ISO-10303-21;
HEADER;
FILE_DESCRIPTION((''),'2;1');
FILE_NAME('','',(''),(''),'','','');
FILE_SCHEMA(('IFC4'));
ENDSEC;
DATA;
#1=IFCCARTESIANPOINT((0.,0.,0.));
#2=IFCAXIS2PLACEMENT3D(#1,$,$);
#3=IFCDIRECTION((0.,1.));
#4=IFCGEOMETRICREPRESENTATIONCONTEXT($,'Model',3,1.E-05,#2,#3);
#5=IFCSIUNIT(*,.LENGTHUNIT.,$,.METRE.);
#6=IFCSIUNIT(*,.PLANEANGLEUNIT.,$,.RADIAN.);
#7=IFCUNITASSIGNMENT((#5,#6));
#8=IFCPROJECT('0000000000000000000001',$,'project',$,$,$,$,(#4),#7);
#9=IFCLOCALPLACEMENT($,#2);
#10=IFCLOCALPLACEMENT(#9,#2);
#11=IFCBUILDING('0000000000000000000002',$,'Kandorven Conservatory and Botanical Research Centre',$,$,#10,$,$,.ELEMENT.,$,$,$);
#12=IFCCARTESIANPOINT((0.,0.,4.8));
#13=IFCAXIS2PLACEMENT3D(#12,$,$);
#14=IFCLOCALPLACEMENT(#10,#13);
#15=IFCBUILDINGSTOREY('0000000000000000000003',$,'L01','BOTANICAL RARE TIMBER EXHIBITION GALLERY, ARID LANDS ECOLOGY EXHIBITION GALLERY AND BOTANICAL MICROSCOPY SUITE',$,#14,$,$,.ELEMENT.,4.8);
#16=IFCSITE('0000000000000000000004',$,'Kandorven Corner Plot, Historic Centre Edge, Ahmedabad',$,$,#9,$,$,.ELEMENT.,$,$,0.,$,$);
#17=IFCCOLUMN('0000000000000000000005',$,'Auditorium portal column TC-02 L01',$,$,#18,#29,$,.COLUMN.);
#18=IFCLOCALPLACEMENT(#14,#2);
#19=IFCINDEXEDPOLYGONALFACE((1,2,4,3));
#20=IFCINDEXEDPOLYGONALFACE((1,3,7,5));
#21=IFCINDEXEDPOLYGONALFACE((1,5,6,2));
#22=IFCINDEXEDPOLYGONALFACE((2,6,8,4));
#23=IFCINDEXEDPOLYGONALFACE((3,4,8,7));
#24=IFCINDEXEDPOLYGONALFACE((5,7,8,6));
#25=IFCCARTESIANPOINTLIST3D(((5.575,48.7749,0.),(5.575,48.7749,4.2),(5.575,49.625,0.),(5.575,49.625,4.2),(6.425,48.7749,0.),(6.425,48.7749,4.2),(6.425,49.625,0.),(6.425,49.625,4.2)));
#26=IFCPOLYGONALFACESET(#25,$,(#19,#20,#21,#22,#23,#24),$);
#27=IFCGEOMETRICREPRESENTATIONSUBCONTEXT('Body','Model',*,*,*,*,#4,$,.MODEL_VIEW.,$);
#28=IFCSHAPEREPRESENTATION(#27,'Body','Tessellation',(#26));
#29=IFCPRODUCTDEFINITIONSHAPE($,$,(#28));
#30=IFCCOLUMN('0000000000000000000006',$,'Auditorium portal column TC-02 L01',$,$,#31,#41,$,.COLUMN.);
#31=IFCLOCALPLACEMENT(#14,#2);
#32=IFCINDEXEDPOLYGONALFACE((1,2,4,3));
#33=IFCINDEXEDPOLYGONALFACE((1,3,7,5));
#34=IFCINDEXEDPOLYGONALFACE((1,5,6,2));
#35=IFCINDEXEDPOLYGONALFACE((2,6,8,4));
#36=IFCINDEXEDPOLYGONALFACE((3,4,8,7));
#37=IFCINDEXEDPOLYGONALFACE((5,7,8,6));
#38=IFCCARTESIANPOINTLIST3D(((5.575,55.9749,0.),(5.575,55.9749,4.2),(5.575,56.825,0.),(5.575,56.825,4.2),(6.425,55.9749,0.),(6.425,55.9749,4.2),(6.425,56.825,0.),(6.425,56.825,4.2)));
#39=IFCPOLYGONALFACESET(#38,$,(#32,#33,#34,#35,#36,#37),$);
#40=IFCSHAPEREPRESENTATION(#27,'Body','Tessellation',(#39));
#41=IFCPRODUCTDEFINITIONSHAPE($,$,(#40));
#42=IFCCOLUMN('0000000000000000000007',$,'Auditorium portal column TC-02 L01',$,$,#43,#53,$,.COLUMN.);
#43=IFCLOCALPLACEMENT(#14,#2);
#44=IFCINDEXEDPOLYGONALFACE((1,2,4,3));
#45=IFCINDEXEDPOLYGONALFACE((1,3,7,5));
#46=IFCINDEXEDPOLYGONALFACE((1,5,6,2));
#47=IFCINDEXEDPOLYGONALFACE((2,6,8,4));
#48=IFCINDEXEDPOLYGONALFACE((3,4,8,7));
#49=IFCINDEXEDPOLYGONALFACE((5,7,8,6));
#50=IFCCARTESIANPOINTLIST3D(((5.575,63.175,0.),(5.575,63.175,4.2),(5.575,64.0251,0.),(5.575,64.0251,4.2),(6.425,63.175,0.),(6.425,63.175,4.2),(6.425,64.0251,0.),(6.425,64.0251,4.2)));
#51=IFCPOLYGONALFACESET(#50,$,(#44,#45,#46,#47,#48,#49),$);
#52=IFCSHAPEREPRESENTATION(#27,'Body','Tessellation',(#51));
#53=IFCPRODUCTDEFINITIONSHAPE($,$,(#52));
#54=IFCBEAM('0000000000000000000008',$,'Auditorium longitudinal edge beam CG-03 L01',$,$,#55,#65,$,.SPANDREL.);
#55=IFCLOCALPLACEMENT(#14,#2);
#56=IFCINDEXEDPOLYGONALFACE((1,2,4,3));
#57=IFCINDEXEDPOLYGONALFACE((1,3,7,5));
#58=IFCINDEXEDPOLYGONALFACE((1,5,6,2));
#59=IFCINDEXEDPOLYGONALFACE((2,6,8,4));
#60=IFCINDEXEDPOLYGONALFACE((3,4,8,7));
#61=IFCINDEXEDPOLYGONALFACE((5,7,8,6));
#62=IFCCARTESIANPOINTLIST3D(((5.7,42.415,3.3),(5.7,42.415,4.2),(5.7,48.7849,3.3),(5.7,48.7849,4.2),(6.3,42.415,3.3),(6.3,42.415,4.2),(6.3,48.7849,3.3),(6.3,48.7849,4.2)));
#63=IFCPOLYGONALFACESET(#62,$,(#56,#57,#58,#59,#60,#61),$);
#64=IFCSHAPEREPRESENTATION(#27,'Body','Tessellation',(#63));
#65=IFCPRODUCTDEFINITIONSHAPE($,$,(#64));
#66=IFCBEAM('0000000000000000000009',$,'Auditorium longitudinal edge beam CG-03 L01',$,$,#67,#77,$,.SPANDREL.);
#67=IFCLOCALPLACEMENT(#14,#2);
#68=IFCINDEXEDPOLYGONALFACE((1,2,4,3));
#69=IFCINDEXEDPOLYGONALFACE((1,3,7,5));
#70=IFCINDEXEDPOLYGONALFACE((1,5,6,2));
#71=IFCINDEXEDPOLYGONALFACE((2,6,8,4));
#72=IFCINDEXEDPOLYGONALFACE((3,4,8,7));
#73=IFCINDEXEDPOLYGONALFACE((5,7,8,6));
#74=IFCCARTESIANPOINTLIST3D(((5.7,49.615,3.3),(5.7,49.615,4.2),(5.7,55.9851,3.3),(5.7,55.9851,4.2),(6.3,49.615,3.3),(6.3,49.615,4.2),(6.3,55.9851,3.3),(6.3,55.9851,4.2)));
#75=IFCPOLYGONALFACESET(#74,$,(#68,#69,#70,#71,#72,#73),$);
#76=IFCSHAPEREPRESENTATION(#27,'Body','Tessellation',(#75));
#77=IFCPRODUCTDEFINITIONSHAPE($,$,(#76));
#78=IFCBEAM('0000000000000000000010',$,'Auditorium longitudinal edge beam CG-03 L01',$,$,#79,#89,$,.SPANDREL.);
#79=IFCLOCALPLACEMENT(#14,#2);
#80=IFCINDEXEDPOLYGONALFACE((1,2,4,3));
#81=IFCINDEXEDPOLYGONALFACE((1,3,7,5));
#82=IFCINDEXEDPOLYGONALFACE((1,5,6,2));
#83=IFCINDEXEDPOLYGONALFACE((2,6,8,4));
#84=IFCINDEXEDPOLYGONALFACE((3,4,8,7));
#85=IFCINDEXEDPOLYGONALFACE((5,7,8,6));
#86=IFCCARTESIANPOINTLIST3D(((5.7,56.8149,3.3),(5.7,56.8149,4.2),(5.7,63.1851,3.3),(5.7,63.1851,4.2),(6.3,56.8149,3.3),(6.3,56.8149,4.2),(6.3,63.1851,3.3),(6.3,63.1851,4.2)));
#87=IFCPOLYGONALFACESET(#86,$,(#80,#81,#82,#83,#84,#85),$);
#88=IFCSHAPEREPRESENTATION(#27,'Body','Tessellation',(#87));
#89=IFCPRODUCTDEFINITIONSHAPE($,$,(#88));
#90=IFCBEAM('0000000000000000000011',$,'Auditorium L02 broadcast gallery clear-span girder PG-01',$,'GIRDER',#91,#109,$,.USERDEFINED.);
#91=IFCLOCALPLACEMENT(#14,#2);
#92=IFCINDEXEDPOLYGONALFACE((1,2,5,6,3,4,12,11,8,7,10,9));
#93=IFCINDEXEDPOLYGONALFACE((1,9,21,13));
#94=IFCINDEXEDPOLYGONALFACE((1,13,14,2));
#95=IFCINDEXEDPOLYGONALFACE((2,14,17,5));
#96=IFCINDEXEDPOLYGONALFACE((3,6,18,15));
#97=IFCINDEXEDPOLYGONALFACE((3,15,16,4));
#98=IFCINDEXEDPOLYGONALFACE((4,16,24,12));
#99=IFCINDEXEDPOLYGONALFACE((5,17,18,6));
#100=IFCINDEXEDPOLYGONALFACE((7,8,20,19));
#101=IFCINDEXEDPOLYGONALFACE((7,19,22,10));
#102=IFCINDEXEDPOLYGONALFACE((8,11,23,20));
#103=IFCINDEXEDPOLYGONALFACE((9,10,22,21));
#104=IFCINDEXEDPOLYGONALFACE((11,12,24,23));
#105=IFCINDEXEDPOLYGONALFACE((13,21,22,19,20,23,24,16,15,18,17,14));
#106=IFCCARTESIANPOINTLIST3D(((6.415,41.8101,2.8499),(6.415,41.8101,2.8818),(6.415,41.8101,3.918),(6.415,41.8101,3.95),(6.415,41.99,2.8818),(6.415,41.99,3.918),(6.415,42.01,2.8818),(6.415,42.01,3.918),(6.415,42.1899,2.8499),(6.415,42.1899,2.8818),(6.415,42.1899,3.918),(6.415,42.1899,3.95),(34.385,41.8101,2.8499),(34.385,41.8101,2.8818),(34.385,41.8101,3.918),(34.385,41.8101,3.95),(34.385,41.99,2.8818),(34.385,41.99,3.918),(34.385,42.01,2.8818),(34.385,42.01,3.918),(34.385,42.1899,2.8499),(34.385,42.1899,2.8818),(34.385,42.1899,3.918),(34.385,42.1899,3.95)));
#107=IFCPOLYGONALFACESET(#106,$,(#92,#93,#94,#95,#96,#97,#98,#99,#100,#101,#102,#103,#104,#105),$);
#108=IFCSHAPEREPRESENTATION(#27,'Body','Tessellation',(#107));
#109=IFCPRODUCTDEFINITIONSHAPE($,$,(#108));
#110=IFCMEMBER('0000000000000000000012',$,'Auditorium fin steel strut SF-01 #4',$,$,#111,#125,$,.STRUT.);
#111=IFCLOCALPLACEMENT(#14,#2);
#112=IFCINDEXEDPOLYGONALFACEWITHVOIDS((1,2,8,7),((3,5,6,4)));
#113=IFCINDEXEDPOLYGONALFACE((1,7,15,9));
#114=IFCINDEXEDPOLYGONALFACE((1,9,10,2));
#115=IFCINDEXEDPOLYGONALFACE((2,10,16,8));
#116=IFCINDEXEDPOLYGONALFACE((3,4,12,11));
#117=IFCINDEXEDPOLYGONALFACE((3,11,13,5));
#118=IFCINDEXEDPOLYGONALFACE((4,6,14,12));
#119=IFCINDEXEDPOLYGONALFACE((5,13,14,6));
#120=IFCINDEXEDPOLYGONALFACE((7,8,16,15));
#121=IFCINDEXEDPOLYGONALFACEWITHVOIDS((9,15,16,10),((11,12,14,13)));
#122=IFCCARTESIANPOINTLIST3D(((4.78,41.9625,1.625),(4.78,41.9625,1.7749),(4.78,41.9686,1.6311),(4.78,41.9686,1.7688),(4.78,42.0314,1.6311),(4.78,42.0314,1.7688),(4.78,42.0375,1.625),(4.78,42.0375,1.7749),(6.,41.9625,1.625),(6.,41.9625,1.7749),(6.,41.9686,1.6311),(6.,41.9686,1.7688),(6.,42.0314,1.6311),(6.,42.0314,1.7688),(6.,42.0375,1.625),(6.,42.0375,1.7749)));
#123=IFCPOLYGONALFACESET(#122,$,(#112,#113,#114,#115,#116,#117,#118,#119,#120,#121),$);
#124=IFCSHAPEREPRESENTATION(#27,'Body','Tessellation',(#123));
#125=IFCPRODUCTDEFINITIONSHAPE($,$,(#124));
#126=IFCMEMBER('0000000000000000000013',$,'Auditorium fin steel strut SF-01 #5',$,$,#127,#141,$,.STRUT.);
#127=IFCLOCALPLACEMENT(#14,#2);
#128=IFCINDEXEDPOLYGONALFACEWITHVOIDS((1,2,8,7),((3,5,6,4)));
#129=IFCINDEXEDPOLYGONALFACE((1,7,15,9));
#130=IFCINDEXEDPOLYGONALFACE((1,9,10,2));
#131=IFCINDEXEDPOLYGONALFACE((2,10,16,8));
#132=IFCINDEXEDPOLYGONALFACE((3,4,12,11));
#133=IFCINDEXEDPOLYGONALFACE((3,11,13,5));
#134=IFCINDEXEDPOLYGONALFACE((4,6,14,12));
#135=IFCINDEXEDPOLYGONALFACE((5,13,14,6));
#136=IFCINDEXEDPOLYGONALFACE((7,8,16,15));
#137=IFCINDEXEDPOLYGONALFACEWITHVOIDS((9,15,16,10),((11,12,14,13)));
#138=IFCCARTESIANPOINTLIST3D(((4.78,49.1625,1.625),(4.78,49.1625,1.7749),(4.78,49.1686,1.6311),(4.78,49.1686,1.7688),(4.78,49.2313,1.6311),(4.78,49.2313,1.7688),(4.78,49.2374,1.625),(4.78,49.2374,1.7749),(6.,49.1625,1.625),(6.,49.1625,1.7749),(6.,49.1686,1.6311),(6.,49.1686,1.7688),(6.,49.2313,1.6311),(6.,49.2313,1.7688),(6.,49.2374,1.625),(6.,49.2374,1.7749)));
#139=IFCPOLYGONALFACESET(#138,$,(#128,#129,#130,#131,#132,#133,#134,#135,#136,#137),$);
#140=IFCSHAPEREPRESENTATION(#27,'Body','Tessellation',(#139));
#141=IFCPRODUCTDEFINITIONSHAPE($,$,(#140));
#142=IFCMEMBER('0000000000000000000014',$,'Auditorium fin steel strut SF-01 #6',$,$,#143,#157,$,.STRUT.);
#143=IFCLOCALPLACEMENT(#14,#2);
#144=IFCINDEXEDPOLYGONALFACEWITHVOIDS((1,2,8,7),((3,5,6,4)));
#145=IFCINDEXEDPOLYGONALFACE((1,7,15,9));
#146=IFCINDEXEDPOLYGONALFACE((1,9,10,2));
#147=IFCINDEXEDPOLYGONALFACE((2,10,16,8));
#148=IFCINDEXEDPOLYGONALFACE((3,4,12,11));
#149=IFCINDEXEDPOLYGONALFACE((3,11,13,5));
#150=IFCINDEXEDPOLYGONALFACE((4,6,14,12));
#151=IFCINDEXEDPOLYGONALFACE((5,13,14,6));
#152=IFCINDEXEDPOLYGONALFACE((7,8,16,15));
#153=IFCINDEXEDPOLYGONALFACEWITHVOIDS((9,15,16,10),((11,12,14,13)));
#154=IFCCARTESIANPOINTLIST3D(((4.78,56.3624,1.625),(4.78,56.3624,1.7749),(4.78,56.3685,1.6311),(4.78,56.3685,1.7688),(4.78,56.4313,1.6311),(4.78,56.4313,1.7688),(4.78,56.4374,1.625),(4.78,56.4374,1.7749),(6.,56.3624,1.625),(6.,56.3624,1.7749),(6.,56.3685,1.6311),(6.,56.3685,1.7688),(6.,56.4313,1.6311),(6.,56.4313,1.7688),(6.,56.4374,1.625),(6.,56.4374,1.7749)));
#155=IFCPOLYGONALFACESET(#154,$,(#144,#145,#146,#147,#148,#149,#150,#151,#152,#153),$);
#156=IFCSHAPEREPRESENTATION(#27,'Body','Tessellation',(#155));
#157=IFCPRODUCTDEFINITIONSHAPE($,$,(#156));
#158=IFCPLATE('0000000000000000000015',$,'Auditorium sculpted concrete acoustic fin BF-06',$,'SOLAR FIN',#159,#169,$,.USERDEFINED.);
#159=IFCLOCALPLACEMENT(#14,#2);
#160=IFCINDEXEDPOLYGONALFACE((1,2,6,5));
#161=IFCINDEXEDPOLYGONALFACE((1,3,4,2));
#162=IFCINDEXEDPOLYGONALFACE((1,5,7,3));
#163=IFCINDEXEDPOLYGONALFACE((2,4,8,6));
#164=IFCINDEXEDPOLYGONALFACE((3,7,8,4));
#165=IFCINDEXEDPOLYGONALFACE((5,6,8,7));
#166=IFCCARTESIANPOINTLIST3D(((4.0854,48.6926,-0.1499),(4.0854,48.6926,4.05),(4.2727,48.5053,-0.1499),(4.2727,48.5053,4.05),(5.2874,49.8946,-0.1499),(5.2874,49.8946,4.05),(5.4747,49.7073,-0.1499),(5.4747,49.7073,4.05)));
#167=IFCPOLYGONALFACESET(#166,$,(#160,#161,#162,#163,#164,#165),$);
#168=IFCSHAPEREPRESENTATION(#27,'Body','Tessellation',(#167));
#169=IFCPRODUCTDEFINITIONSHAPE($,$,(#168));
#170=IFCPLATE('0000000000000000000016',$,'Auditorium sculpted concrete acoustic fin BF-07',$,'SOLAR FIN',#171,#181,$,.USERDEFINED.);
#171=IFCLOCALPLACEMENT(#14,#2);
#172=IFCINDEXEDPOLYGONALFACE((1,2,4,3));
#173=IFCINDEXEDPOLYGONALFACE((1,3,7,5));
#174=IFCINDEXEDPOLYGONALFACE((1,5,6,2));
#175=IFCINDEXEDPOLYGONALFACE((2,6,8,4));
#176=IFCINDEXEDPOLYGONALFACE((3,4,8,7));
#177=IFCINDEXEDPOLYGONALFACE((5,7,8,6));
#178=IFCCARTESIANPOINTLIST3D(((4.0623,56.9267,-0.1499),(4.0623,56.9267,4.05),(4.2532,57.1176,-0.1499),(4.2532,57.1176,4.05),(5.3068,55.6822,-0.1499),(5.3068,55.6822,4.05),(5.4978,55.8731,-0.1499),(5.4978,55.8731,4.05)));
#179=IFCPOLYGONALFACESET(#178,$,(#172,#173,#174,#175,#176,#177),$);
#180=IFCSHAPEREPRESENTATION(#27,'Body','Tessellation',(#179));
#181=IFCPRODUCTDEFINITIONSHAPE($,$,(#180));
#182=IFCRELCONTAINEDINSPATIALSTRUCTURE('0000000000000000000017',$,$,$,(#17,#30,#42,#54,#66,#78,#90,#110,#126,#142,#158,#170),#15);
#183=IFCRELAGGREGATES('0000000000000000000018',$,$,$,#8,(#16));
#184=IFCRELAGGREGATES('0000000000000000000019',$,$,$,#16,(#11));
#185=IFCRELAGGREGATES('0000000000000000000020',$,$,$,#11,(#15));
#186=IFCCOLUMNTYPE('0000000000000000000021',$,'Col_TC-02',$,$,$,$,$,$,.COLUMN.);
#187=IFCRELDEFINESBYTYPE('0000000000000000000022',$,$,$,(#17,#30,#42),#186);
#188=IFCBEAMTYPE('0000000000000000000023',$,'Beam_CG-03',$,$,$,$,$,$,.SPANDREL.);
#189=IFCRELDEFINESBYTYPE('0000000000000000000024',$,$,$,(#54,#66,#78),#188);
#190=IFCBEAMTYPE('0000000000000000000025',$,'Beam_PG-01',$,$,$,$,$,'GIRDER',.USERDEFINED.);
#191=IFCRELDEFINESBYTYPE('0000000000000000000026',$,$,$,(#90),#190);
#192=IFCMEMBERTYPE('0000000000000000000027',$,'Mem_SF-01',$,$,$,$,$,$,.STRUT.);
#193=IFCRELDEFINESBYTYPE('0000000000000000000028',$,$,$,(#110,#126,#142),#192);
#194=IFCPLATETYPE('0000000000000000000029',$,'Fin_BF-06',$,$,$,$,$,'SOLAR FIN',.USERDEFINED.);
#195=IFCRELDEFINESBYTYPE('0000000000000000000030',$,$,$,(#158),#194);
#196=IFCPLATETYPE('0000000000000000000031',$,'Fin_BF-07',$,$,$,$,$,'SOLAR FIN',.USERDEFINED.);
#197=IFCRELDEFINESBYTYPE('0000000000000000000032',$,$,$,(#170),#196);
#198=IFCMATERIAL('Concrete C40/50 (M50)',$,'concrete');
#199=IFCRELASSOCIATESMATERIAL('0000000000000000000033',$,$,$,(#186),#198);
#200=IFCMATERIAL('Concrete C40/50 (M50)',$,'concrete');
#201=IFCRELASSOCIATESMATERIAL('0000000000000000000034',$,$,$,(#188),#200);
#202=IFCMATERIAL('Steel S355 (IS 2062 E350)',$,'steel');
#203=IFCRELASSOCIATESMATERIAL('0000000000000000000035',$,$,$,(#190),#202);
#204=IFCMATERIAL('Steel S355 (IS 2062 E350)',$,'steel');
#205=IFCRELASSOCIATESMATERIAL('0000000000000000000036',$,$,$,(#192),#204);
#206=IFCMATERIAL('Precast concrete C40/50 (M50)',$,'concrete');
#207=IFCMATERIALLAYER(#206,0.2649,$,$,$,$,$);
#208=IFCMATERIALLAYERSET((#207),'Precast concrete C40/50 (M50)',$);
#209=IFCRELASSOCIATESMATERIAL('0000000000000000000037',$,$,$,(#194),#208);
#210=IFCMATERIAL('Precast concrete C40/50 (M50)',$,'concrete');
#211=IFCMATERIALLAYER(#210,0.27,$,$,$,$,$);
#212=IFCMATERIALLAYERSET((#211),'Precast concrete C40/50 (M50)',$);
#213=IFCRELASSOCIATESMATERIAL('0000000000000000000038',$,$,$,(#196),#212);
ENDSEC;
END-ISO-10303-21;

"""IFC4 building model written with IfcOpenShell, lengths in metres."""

from ifc_helpers import new_model, si_unit, direction, frame, origin, origin_2d, place, context, subcontext, project, spatial, rectangle, hollow_rectangle, i_section, extrude, material, layer, layer_set, material_profile, profile_set, type_object, element, save


model = new_model("IFC4")

# Units and contexts
model_context = context("Model", 3, precision=1e-05, world=origin(), true_north=direction((0.0, 1.0)))
body_context = subcontext(model_context, "Body", "Model", "MODEL_VIEW")
ifc_project = project(units=[si_unit("LENGTHUNIT", "METRE"), si_unit("PLANEANGLEUNIT", "RADIAN")], contexts=[model_context])

# Site, building, storey
site_placement = place(None, origin())
site = spatial("IfcSite", under=ifc_project, at=site_placement, Name="Kandorven Corner Plot, Historic Centre Edge, Ahmedabad", CompositionType="ELEMENT", RefElevation=0.0)
building_placement = place(site_placement, origin())
building = spatial("IfcBuilding", under=site, at=building_placement, Name="Kandorven Conservatory and Botanical Research Centre", CompositionType="ELEMENT")
storey_placement = place(building_placement, frame((0.0, 0.0, 4.8)))
storey = spatial("IfcBuildingStorey", under=building, at=storey_placement, Name="L01", Description="BOTANICAL RARE TIMBER EXHIBITION GALLERY, ARID LANDS ECOLOGY EXHIBITION GALLERY AND BOTANICAL MICROSCOPY SUITE", CompositionType="ELEMENT", Elevation=4.8)

# Columns
ifc_material_1 = material(Name="Concrete C40/50 (M50)", Category="concrete")
ifc_material_profile_1 = material_profile(ifc_material_1, rectangle(XDim=0.8501, YDim=0.8501, at=origin_2d()))
ifc_profile_set_1 = profile_set([ifc_material_profile_1], Name="Concrete C40/50 (M50)")
column_type = type_object("IfcColumnType", Name="Col_TC-02", PredefinedType="COLUMN", material=ifc_profile_set_1)
for number, where, z_axis, x_axis, name in (
    (1, (6.0, 49.2, 0.0), (0.0, 0.0, 1.0), (1.0, 0.0, 0.0), "Auditorium portal column TC-02 L01"),
    (2, (6.0, 56.3999, 0.0), (0.0, 0.0, 1.0), (1.0, 0.0, 0.0), "Auditorium portal column TC-02 L01"),
    (3, (6.0, 63.6001, 0.0), (0.0, 0.0, 1.0), (1.0, 0.0, 0.0), "Auditorium portal column TC-02 L01"),
):
    element("IfcColumn", number, at=place(storey_placement, frame(where, z_axis=z_axis, x_axis=x_axis)), inside=storey, type_object=column_type, Name=name, PredefinedType="COLUMN", context=body_context, shape_type="SweptSolid", body=[
        extrude(rectangle(XDim=0.8501, YDim=0.8501, at=origin_2d()), origin(), (0.0, 0.0, 1.0), 4.2),
    ])

# Beams
ifc_material_2 = material(Name="Concrete C40/50 (M50)", Category="concrete")
ifc_material_profile_2 = material_profile(ifc_material_2, rectangle(XDim=0.6001, YDim=0.8999, at=origin_2d()))
ifc_profile_set_2 = profile_set([ifc_material_profile_2], Name="Concrete C40/50 (M50)")
beam_type_1 = type_object("IfcBeamType", Name="Beam_CG-03", PredefinedType="SPANDREL", material=ifc_profile_set_2)
beam_1_placement = place(storey_placement, frame((6.0, 42.415, 3.75), z_axis=(0.0, 1.0, 0.0), x_axis=(-1.0, 0.0, 0.0)))
element("IfcBeam", 4, at=beam_1_placement, inside=storey, type_object=beam_type_1, Name="Auditorium longitudinal edge beam CG-03 L01", PredefinedType="SPANDREL", context=body_context, shape_type="SweptSolid", body=[
    extrude(rectangle(XDim=0.6001, YDim=0.8999, at=origin_2d()), origin(), (0.0, 0.0, 1.0), 6.3699),
])
for number, where, z_axis, x_axis, name in (
    (5, (6.0, 49.615, 3.75), (0.0, 1.0, 0.0), (-1.0, 0.0, 0.0), "Auditorium longitudinal edge beam CG-03 L01"),
    (6, (6.0, 56.8149, 3.75), (0.0, 1.0, 0.0), (-1.0, 0.0, 0.0), "Auditorium longitudinal edge beam CG-03 L01"),
):
    element("IfcBeam", number, at=place(storey_placement, frame(where, z_axis=z_axis, x_axis=x_axis)), inside=storey, type_object=beam_type_1, Name=name, PredefinedType="SPANDREL", context=body_context, shape_type="SweptSolid", body=[
        extrude(rectangle(XDim=0.6001, YDim=0.8999, at=origin_2d()), origin(), (0.0, 0.0, 1.0), 6.3701),
    ])
ifc_material_3 = material(Name="Steel S355 (IS 2062 E350)", Category="steel")
ifc_material_profile_3 = material_profile(ifc_material_3, i_section(OverallWidth=0.3799, OverallDepth=1.1001, WebThickness=0.02, FlangeThickness=0.032, at=origin_2d()))
ifc_profile_set_3 = profile_set([ifc_material_profile_3], Name="Steel S355 (IS 2062 E350)")
beam_type_2 = type_object("IfcBeamType", Name="Beam_PG-01", ElementType="GIRDER", PredefinedType="USERDEFINED", material=ifc_profile_set_3)
beam_2_placement = place(storey_placement, frame((6.415, 42.0, 3.3999), z_axis=(1.0, 0.0, 0.0), x_axis=(0.0, 1.0, 0.0)))
element("IfcBeam", 7, at=beam_2_placement, inside=storey, type_object=beam_type_2, Name="Auditorium L02 broadcast gallery clear-span girder PG-01", ObjectType="GIRDER", PredefinedType="USERDEFINED", context=body_context, shape_type="SweptSolid", body=[
    extrude(i_section(OverallWidth=0.3799, OverallDepth=1.1001, WebThickness=0.02, FlangeThickness=0.032, at=origin_2d()), origin(), (0.0, 0.0, 1.0), 27.97),
])

# Members
ifc_material_4 = material(Name="Steel S355 (IS 2062 E350)", Category="steel")
ifc_material_profile_4 = material_profile(ifc_material_4, hollow_rectangle(XDim=0.075, YDim=0.1499, WallThickness=0.0061, at=origin_2d()))
ifc_profile_set_4 = profile_set([ifc_material_profile_4], Name="Steel S355 (IS 2062 E350)")
member_type = type_object("IfcMemberType", Name="Mem_SF-01", PredefinedType="STRUT", material=ifc_profile_set_4)
for number, where, z_axis, x_axis, name in (
    (8, (6.0, 42.0, 1.7), (-1.0, 0.0, 0.0), (0.0, -1.0, 0.0), "Auditorium fin steel strut SF-01 #4"),
    (9, (6.0, 49.2, 1.7), (-1.0, 0.0, 0.0), (0.0, -1.0, 0.0), "Auditorium fin steel strut SF-01 #5"),
    (10, (6.0, 56.3999, 1.7), (-1.0, 0.0, 0.0), (0.0, -1.0, 0.0), "Auditorium fin steel strut SF-01 #6"),
):
    element("IfcMember", number, at=place(storey_placement, frame(where, z_axis=z_axis, x_axis=x_axis)), inside=storey, type_object=member_type, Name=name, PredefinedType="STRUT", context=body_context, shape_type="SweptSolid", body=[
        extrude(hollow_rectangle(XDim=0.075, YDim=0.1499, WallThickness=0.0061, at=origin_2d()), origin(), (0.0, 0.0, 1.0), 1.22),
    ])

# Plates
ifc_material_5 = material(Name="Precast concrete C40/50 (M50)", Category="concrete")
ifc_layer_1 = layer(ifc_material_5, 0.2649)
ifc_layer_set_1 = layer_set([ifc_layer_1], Name="Precast concrete C40/50 (M50)")
plate_type_1 = type_object("IfcPlateType", Name="Fin_BF-06", ElementType="SOLAR FIN", PredefinedType="USERDEFINED", material=ifc_layer_set_1)
plate_1_placement = place(storey_placement, frame((4.78, 49.2, -0.1499), z_axis=(0.0, 0.0, 1.0), x_axis=(0.707107, 0.707107, 0.0)))
element("IfcPlate", 11, at=plate_1_placement, inside=storey, type_object=plate_type_1, Name="Auditorium sculpted concrete acoustic fin BF-06", ObjectType="SOLAR FIN", PredefinedType="USERDEFINED", context=body_context, shape_type="SweptSolid", body=[
    extrude(rectangle(XDim=1.7, YDim=0.2649, at=origin_2d()), origin(), (0.0, 0.0, 1.0), 4.2),
])
ifc_material_6 = material(Name="Precast concrete C40/50 (M50)", Category="concrete")
ifc_layer_2 = layer(ifc_material_6, 0.27)
ifc_layer_set_2 = layer_set([ifc_layer_2], Name="Precast concrete C40/50 (M50)")
plate_type_2 = type_object("IfcPlateType", Name="Fin_BF-07", ElementType="SOLAR FIN", PredefinedType="USERDEFINED", material=ifc_layer_set_2)
plate_2_placement = place(storey_placement, frame((4.78, 56.3999, -0.1499), z_axis=(0.0, 0.0, 1.0), x_axis=(-0.707107, 0.707107, 0.0)))
element("IfcPlate", 12, at=plate_2_placement, inside=storey, type_object=plate_type_2, Name="Auditorium sculpted concrete acoustic fin BF-07", ObjectType="SOLAR FIN", PredefinedType="USERDEFINED", context=body_context, shape_type="SweptSolid", body=[
    extrude(rectangle(XDim=1.76, YDim=0.27, at=origin_2d()), origin(), (0.0, 0.0, 1.0), 4.2),
])

save(model, "model.ifc")
